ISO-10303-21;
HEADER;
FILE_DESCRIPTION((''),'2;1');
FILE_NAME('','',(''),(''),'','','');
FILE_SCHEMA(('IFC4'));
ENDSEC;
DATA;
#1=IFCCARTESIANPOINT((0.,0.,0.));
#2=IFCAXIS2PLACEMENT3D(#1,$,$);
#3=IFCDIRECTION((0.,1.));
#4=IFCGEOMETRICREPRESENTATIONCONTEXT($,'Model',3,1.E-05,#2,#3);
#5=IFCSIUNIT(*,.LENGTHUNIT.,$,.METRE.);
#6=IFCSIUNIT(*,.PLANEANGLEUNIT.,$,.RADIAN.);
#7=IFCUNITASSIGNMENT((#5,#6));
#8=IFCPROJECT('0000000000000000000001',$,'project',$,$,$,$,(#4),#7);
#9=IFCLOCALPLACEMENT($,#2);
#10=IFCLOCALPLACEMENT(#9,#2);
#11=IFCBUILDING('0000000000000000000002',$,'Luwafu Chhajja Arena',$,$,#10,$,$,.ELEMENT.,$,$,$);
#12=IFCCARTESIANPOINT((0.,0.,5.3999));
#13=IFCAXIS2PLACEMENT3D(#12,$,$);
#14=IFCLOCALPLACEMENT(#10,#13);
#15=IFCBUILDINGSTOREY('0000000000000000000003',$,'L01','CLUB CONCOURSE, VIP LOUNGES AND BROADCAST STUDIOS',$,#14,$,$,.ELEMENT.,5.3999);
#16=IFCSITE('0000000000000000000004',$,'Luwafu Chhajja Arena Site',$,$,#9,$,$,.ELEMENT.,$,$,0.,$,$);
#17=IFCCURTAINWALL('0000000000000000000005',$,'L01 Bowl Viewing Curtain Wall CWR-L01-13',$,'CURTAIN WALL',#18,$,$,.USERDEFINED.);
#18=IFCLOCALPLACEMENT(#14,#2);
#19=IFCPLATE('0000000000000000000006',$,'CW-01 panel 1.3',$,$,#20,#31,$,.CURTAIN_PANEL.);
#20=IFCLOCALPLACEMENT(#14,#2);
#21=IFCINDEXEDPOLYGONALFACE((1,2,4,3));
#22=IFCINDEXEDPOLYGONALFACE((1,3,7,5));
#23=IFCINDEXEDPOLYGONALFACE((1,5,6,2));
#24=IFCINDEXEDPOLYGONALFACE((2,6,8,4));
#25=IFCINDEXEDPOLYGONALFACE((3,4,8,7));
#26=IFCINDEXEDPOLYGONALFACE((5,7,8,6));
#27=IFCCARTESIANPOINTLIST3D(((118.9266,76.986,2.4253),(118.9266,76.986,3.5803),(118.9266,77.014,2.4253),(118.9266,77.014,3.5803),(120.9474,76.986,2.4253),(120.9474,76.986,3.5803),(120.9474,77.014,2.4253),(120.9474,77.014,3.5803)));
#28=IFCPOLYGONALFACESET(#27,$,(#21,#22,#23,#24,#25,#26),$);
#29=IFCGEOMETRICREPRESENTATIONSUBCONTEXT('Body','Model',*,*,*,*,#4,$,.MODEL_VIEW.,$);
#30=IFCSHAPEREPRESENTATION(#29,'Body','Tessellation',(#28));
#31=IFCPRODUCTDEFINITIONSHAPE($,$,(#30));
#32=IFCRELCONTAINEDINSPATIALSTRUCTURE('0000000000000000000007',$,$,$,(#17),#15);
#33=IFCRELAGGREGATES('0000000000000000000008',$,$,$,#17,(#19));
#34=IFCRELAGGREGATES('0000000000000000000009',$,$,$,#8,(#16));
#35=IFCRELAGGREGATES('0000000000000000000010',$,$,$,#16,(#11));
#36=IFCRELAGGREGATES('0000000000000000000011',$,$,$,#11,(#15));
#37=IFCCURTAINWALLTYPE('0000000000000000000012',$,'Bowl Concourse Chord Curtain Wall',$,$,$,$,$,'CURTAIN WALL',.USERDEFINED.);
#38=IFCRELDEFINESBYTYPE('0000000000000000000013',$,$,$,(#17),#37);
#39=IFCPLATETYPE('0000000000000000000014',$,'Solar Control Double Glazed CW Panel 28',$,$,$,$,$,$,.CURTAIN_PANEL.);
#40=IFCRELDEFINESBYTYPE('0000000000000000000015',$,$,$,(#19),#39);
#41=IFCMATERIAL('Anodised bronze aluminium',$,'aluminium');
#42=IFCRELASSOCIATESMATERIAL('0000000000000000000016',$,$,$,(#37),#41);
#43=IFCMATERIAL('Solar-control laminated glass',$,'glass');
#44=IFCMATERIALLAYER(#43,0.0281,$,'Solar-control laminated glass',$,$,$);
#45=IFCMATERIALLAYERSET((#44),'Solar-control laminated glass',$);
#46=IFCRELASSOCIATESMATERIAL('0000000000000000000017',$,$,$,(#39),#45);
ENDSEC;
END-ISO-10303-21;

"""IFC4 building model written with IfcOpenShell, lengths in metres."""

from ifc_helpers import new_model, si_unit, direction, frame, origin, origin_2d, place, context, subcontext, project, spatial, rectangle, extrude, material, layer, layer_set, type_object, element, aggregate, save


model = new_model("IFC4")

# Units and contexts
model_context = context("Model", 3, precision=1e-05, world=origin(), true_north=direction((0.0, 1.0)))
body_context = subcontext(model_context, "Body", "Model", "MODEL_VIEW")
ifc_project = project(units=[si_unit("LENGTHUNIT", "METRE"), si_unit("PLANEANGLEUNIT", "RADIAN")], contexts=[model_context])

# Site, building, storey
site_placement = place(None, origin())
site = spatial("IfcSite", under=ifc_project, at=site_placement, Name="Luwafu Chhajja Arena Site", CompositionType="ELEMENT", RefElevation=0.0)
building_placement = place(site_placement, origin())
building = spatial("IfcBuilding", under=site, at=building_placement, Name="Luwafu Chhajja Arena", CompositionType="ELEMENT")
storey_placement = place(building_placement, frame((0.0, 0.0, 5.3999)))
storey = spatial("IfcBuildingStorey", under=building, at=storey_placement, Name="L01", Description="CLUB CONCOURSE, VIP LOUNGES AND BROADCAST STUDIOS", CompositionType="ELEMENT", Elevation=5.3999)

# Shared definitions
ifc_material_1 = material(Name="Anodised bronze aluminium", Category="aluminium")
curtain_wall_type = type_object("IfcCurtainWallType", Name="Bowl Concourse Chord Curtain Wall", ElementType="CURTAIN WALL", PredefinedType="USERDEFINED", material=ifc_material_1)

# Curtain wall
curtain_wall_1_placement = place(storey_placement, origin())
curtain_wall_1 = element("IfcCurtainWall", 1, at=curtain_wall_1_placement, inside=storey, type_object=curtain_wall_type, Name="L01 Bowl Viewing Curtain Wall CWR-L01-13", ObjectType="CURTAIN WALL", PredefinedType="USERDEFINED")

# Plate
ifc_material_2 = material(Name="Solar-control laminated glass", Category="glass")
ifc_layer_1 = layer(ifc_material_2, 0.0281, Name="Solar-control laminated glass")
ifc_layer_set_1 = layer_set([ifc_layer_1], Name="Solar-control laminated glass")
plate_type_1 = type_object("IfcPlateType", Name="Solar Control Double Glazed CW Panel 28", PredefinedType="CURTAIN_PANEL", material=ifc_layer_set_1)
plate_1_placement = place(storey_placement, frame((119.937, 77.0, 2.4253), z_axis=(0.0, 0.0, 1.0), x_axis=(1.0, 0.0, 0.0)))
plate_1 = element("IfcPlate", 2, at=plate_1_placement, type_object=plate_type_1, Name="CW-01 panel 1.3", PredefinedType="CURTAIN_PANEL", context=body_context, shape_type="SweptSolid", body=[
    extrude(rectangle(XDim=2.0208, YDim=0.0281, at=origin_2d()), origin(), (0.0, 0.0, 1.0), 1.155),
])
aggregate(curtain_wall_1, [plate_1])

save(model, "model.ifc")
